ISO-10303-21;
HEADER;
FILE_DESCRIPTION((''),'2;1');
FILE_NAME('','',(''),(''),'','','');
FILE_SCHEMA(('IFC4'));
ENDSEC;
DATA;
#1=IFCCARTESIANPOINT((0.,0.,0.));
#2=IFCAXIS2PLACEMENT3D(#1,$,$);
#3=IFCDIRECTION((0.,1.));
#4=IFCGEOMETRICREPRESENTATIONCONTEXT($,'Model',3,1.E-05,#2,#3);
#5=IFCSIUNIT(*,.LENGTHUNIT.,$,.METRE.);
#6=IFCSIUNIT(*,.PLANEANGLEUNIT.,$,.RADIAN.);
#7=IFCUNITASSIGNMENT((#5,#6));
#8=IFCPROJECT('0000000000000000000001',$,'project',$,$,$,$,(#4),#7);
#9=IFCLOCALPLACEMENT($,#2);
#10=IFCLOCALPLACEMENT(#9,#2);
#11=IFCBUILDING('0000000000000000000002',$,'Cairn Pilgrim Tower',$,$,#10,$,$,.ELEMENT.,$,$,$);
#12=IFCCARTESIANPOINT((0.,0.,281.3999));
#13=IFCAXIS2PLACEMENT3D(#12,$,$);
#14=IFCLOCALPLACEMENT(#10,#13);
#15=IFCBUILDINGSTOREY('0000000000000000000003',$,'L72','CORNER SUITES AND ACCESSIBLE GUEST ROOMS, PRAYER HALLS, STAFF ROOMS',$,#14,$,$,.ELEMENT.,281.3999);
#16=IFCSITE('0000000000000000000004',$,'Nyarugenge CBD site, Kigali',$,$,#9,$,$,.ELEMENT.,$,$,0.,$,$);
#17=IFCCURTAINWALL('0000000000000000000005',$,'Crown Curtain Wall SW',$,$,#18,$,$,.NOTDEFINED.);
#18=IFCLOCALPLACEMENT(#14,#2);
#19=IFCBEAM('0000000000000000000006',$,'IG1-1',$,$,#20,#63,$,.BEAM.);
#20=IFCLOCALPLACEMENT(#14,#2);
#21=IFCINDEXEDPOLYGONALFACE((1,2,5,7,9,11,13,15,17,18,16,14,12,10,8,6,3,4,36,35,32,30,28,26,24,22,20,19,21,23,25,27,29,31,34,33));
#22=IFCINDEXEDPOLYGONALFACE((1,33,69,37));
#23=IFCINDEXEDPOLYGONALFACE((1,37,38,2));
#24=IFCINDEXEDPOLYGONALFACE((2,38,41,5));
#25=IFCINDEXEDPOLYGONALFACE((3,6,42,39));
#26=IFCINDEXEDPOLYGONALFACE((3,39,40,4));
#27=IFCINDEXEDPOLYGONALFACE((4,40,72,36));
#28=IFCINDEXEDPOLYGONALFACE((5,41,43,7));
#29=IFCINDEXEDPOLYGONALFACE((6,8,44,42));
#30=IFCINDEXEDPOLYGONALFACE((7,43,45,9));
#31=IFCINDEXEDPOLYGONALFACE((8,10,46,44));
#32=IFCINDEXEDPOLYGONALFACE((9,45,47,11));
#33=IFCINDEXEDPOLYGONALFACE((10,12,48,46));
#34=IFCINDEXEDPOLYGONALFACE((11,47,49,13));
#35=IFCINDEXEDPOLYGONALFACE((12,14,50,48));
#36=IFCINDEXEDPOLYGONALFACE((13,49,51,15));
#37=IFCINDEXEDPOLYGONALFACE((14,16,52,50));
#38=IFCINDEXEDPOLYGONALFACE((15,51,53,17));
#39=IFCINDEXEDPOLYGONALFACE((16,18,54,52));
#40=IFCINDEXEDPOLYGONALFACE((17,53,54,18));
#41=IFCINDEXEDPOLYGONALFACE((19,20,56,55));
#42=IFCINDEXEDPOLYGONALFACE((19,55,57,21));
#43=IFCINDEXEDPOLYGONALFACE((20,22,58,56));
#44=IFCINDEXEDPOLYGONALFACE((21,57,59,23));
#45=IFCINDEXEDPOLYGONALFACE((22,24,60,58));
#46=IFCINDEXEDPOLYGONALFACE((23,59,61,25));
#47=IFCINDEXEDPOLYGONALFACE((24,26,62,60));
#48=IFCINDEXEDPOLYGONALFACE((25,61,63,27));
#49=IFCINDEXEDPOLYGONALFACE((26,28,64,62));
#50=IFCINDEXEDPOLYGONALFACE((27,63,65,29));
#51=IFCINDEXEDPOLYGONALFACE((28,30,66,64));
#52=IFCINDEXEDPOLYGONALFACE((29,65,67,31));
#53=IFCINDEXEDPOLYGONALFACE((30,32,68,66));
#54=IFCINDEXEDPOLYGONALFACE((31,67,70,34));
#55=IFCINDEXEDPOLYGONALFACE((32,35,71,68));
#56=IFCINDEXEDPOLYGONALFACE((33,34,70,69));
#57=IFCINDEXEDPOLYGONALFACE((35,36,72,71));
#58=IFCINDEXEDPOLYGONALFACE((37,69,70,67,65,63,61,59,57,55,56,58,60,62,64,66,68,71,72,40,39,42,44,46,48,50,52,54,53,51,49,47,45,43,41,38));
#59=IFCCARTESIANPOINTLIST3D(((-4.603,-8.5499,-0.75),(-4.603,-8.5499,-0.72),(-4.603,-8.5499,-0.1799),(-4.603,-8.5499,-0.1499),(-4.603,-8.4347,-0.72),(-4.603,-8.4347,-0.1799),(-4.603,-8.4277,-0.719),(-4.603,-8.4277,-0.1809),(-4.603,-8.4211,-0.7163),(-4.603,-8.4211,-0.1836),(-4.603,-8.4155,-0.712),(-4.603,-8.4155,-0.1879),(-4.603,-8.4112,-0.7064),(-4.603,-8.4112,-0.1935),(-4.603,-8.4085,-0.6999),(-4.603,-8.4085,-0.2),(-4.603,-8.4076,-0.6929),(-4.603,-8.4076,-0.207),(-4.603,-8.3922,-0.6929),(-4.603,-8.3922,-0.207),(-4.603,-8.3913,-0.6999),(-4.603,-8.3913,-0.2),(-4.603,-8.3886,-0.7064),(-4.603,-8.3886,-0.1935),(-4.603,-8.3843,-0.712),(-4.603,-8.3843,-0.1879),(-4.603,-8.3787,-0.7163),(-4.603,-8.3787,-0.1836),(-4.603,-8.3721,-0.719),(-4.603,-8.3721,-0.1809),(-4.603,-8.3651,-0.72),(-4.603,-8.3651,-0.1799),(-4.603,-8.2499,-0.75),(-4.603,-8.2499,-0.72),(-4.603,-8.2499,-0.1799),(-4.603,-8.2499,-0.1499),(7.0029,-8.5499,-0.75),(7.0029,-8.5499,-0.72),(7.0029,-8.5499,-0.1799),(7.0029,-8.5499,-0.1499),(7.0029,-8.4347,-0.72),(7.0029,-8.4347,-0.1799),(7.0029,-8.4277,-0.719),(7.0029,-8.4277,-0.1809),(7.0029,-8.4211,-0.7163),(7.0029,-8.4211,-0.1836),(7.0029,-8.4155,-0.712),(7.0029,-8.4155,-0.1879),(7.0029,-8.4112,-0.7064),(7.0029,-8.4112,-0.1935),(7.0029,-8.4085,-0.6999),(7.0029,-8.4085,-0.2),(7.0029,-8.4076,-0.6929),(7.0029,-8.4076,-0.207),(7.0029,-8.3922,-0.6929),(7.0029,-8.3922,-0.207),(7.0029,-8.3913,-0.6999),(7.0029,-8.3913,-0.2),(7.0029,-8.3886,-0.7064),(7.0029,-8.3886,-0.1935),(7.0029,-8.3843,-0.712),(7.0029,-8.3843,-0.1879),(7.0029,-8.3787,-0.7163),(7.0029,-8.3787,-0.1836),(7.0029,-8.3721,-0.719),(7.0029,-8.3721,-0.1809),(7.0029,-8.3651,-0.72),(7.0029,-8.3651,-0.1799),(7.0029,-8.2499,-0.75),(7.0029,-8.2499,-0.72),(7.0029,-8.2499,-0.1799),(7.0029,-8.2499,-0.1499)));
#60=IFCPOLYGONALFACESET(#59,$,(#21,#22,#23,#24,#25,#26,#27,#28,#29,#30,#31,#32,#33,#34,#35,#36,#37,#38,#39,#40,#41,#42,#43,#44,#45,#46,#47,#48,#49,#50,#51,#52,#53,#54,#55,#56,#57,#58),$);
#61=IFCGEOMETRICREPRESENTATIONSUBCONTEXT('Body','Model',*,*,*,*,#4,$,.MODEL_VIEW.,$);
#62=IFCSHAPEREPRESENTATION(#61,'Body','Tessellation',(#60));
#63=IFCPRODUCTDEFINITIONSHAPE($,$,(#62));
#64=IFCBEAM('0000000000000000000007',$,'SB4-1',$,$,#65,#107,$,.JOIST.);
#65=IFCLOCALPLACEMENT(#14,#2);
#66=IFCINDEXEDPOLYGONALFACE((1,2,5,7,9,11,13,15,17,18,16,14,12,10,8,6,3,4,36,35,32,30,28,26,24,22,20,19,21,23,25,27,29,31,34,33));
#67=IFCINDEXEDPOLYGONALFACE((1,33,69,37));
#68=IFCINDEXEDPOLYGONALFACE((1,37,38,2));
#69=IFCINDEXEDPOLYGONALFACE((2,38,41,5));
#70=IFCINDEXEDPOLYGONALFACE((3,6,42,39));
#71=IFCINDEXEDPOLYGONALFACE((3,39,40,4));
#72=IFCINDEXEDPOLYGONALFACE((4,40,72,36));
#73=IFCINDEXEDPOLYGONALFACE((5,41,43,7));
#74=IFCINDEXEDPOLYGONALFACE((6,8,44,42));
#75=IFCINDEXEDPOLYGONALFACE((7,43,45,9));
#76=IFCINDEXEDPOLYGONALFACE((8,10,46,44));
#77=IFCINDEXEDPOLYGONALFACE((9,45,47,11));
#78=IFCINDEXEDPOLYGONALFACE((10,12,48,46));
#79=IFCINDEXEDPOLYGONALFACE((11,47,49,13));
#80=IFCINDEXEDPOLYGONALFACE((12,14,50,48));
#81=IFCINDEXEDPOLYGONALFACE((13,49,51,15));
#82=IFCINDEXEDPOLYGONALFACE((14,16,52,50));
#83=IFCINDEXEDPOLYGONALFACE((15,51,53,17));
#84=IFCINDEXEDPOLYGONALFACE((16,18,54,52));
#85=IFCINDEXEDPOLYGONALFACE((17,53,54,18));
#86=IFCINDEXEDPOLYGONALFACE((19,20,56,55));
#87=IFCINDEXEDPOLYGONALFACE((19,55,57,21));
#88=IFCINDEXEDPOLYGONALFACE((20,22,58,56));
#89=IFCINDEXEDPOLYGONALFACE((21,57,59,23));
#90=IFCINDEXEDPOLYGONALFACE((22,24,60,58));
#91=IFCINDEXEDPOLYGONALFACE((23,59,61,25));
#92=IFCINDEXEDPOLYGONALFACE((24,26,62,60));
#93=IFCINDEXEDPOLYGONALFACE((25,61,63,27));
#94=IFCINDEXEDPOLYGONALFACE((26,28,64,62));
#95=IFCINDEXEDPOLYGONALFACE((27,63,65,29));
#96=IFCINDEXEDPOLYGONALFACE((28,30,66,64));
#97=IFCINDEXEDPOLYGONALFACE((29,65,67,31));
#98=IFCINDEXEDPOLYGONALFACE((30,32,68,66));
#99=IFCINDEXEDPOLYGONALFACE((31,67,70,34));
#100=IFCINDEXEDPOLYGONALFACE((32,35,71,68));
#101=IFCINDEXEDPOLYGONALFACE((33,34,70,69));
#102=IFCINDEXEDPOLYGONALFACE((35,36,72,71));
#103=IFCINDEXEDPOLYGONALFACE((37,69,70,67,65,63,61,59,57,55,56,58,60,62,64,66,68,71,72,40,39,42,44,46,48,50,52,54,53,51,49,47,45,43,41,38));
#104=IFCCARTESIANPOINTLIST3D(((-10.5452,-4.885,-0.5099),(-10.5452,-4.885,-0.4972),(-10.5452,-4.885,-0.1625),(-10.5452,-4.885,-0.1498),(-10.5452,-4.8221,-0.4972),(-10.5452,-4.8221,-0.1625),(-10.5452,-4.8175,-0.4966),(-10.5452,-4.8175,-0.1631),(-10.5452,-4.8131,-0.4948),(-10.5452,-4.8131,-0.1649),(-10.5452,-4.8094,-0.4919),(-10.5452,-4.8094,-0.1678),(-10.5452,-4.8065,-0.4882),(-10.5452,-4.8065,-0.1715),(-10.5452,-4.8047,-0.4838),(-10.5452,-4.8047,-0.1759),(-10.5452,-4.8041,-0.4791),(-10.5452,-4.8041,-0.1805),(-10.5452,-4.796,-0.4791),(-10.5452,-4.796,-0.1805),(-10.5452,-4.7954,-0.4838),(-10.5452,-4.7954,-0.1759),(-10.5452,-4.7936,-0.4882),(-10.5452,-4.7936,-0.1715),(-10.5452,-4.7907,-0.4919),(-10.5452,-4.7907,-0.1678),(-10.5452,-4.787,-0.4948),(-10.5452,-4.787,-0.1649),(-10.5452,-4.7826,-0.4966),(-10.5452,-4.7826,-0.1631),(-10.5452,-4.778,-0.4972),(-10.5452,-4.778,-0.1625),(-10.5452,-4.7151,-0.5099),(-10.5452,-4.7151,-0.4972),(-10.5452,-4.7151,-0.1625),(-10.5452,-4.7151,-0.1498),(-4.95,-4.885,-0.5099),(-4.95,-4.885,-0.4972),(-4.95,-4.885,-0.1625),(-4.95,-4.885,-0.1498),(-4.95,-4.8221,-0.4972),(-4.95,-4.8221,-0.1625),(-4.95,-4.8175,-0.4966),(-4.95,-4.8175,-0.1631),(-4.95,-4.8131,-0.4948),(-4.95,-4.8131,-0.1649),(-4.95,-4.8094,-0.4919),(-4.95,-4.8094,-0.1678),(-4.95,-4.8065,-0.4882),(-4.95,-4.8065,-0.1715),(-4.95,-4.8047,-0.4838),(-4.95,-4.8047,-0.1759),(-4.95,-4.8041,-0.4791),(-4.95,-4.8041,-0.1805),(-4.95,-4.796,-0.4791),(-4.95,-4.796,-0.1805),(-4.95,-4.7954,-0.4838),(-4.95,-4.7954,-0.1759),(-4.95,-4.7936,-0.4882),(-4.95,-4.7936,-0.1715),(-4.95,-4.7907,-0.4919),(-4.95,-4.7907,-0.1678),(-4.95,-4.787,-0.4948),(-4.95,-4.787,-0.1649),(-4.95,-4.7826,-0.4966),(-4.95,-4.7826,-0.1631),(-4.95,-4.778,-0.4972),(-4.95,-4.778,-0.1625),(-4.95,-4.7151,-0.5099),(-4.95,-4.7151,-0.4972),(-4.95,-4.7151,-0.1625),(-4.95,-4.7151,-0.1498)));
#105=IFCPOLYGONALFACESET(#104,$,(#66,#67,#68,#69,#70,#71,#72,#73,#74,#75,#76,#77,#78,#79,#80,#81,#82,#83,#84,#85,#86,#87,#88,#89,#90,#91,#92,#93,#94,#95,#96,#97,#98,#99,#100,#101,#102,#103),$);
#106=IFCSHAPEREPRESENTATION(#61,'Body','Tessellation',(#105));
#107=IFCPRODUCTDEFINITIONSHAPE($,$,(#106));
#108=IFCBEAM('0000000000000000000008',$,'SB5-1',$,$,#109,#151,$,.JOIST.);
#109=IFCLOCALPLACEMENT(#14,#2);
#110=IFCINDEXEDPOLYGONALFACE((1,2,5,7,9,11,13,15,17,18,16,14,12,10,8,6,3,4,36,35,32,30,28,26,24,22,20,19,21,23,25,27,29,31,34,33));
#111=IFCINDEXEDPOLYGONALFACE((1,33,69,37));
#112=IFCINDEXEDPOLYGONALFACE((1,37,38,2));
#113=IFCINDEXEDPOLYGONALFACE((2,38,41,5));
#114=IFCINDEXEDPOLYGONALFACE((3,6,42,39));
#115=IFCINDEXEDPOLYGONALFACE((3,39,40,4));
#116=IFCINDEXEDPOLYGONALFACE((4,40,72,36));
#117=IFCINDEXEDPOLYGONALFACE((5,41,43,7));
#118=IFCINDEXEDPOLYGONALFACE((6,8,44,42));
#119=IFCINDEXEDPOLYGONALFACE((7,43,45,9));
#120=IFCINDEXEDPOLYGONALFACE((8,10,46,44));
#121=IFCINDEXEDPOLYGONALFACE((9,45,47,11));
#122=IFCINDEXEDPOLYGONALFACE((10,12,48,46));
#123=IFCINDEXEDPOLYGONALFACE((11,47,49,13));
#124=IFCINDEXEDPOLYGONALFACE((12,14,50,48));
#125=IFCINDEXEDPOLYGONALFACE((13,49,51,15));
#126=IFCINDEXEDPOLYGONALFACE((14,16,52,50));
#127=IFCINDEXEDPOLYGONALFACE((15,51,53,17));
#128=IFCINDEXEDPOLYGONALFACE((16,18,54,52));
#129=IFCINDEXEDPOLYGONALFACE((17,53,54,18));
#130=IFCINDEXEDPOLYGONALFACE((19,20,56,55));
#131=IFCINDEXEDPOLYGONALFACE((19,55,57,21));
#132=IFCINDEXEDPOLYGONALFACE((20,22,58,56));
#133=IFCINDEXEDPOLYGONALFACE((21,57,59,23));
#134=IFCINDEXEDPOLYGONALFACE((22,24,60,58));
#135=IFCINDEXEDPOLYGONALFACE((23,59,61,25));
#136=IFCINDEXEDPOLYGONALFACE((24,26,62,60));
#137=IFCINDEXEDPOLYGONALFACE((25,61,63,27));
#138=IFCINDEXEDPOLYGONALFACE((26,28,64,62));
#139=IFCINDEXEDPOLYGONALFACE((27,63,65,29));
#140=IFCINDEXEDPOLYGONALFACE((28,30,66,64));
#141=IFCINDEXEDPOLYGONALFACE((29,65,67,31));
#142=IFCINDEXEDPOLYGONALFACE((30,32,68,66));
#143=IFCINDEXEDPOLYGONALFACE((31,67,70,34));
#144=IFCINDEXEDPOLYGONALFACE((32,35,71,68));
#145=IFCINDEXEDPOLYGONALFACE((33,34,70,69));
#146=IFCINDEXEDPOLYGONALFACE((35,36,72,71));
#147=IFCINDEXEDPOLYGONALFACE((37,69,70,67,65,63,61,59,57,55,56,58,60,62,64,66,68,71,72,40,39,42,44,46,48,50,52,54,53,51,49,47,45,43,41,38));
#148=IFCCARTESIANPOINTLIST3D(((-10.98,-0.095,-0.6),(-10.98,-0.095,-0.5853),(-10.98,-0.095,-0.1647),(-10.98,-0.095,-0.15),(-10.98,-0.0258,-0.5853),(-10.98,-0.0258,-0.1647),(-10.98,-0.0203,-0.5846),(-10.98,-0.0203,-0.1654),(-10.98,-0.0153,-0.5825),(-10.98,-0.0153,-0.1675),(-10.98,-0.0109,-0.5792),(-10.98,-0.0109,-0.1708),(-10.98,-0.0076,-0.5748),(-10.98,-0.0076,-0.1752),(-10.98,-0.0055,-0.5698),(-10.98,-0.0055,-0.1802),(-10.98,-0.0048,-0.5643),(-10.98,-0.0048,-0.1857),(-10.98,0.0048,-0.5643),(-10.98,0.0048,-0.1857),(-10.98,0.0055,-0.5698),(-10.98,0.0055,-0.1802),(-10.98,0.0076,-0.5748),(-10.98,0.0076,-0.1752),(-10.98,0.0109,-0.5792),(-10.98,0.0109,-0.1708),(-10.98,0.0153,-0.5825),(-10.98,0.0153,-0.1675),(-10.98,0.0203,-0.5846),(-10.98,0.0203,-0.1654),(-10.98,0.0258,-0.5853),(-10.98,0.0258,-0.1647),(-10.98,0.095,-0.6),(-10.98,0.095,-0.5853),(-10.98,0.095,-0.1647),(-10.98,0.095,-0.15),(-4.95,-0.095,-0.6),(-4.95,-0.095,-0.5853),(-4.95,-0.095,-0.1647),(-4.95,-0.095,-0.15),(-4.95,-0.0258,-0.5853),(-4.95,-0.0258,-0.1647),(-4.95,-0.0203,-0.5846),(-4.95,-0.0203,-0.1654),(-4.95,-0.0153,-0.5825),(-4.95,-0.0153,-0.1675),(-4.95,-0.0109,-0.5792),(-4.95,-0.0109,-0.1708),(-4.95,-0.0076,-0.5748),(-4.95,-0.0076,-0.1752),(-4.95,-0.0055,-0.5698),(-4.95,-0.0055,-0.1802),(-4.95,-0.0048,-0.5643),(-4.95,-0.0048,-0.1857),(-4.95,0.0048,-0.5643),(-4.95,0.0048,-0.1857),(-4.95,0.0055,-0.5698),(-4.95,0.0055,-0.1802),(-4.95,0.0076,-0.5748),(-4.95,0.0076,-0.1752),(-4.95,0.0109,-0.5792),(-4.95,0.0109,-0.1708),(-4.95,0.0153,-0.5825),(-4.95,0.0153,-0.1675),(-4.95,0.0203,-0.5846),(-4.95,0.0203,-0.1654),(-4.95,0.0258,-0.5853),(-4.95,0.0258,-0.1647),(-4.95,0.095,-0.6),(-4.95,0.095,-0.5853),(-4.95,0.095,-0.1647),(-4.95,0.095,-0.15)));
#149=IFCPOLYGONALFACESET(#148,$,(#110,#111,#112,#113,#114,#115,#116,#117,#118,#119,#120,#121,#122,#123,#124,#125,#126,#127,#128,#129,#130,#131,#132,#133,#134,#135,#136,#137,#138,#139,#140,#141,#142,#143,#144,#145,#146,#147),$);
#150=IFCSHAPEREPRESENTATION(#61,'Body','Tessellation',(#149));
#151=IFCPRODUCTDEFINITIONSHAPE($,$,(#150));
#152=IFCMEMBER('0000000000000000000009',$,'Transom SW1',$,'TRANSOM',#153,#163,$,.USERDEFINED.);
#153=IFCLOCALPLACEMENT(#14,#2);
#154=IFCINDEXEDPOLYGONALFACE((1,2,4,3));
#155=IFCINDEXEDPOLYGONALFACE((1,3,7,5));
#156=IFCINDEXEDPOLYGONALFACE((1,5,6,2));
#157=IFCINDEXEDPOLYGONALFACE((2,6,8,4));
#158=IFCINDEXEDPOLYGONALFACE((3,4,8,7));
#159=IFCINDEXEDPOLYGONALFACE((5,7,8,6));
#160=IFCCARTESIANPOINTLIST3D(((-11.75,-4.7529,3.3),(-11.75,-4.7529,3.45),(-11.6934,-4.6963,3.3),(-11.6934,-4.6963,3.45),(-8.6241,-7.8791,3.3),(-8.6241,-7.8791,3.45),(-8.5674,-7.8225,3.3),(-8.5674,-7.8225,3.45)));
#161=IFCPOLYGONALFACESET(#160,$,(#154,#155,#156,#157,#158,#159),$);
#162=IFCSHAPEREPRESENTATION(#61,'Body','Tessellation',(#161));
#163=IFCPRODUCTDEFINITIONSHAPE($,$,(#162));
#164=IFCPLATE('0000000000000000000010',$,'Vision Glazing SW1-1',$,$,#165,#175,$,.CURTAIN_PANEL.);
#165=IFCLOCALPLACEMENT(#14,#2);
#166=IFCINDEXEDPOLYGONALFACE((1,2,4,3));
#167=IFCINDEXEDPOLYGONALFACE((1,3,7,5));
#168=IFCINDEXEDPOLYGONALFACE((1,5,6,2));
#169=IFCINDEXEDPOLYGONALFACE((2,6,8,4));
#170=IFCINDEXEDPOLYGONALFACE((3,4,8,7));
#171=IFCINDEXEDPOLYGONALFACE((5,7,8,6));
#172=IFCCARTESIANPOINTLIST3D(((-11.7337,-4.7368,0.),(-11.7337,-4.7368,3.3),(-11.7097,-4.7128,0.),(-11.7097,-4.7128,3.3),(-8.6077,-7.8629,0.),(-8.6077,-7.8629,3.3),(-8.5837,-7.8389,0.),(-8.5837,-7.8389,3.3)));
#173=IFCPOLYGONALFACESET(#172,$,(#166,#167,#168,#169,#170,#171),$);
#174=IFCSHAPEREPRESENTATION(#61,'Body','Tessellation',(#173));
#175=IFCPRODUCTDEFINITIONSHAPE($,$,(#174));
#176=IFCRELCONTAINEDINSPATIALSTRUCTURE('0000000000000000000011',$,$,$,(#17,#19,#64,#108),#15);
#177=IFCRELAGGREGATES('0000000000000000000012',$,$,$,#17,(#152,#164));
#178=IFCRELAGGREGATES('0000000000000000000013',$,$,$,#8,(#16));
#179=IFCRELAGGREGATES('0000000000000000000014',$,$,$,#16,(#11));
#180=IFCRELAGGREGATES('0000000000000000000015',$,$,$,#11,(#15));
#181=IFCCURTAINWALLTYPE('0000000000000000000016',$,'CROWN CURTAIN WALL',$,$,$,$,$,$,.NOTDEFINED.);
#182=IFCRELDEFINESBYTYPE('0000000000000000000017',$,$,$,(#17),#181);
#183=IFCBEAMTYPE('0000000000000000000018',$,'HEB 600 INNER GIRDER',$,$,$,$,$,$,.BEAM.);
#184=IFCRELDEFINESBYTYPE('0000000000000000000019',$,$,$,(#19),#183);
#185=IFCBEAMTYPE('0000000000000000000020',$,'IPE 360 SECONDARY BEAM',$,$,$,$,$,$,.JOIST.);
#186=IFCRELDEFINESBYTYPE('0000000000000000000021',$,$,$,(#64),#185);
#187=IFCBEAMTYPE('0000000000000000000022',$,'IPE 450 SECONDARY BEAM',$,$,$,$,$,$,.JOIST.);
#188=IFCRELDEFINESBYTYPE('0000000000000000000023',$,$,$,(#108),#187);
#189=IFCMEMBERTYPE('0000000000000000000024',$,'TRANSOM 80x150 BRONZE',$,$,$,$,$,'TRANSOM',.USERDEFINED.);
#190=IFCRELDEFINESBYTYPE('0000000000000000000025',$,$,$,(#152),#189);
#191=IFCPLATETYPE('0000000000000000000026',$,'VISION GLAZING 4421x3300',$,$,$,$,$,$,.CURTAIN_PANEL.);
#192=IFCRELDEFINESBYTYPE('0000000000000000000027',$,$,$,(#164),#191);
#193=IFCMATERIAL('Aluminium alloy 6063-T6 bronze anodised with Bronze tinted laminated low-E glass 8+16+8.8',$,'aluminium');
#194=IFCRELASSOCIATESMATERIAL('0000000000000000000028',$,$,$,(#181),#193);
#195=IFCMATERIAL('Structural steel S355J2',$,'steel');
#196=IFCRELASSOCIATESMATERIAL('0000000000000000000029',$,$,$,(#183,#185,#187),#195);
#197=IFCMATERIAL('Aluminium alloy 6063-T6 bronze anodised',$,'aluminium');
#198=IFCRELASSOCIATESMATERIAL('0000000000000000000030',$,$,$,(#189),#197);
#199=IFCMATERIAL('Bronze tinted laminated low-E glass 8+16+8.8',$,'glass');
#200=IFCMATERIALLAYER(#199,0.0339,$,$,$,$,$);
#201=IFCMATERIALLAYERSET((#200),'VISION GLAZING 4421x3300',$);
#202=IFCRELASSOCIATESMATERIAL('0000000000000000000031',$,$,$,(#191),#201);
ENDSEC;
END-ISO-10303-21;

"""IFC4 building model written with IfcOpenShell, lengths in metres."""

from ifc_helpers import new_model, si_unit, direction, frame, origin, origin_2d, place, context, subcontext, project, spatial, rectangle, i_section, extrude, material, layer, layer_set, material_profile, profile_set, type_object, element, aggregate, save


model = new_model("IFC4")

# Units and contexts
model_context = context("Model", 3, precision=1e-05, world=origin(), true_north=direction((0.0, 1.0)))
body_context = subcontext(model_context, "Body", "Model", "MODEL_VIEW")
ifc_project = project(units=[si_unit("LENGTHUNIT", "METRE"), si_unit("PLANEANGLEUNIT", "RADIAN")], contexts=[model_context])

# Site, building, storey
site_placement = place(None, origin())
site = spatial("IfcSite", under=ifc_project, at=site_placement, Name="Nyarugenge CBD site, Kigali", CompositionType="ELEMENT", RefElevation=0.0)
building_placement = place(site_placement, origin())
building = spatial("IfcBuilding", under=site, at=building_placement, Name="Cairn Pilgrim Tower", CompositionType="ELEMENT")
storey_placement = place(building_placement, frame((0.0, 0.0, 281.3999)))
storey = spatial("IfcBuildingStorey", under=building, at=storey_placement, Name="L72", Description="CORNER SUITES AND ACCESSIBLE GUEST ROOMS, PRAYER HALLS, STAFF ROOMS", CompositionType="ELEMENT", Elevation=281.3999)

# Shared definitions
ifc_material_1 = material(Name="Structural steel S355J2", Category="steel")

# Shared definitions
ifc_material_2 = material(Name="Aluminium alloy 6063-T6 bronze anodised with Bronze tinted laminated low-E glass 8+16+8.8", Category="aluminium")
curtain_wall_type = type_object("IfcCurtainWallType", Name="CROWN CURTAIN WALL", PredefinedType="NOTDEFINED", material=ifc_material_2)
ifc_material_3 = material(Name="Aluminium alloy 6063-T6 bronze anodised", Category="aluminium")

# Curtain wall
curtain_wall_1_placement = place(storey_placement, origin())
curtain_wall_1 = element("IfcCurtainWall", 1, at=curtain_wall_1_placement, inside=storey, type_object=curtain_wall_type, Name="Crown Curtain Wall SW", PredefinedType="NOTDEFINED")

# Beams
ifc_material_profile_1 = material_profile(ifc_material_1, i_section(OverallWidth=0.3, OverallDepth=0.6001, WebThickness=0.0154, FlangeThickness=0.03, FilletRadius=0.0271, at=origin_2d()), Name="HEB 600")
ifc_profile_set_1 = profile_set([ifc_material_profile_1], Name="Structural steel S355J2")
beam_type_1 = type_object("IfcBeamType", Name="HEB 600 INNER GIRDER", PredefinedType="BEAM", material=ifc_profile_set_1)
beam_1_placement = place(storey_placement, frame((-4.603, -8.3999, -0.45), z_axis=(1.0, 0.0, 0.0), x_axis=(0.0, 1.0, 0.0)))
element("IfcBeam", 2, at=beam_1_placement, inside=storey, type_object=beam_type_1, Name="IG1-1", PredefinedType="BEAM", context=body_context, shape_type="SweptSolid", body=[
    extrude(i_section(OverallWidth=0.3, OverallDepth=0.6001, WebThickness=0.0154, FlangeThickness=0.03, FilletRadius=0.0271, at=origin_2d()), origin(), (0.0, 0.0, 1.0), 11.606),
])
ifc_material_profile_2 = material_profile(ifc_material_1, i_section(OverallWidth=0.1699, OverallDepth=0.3601, WebThickness=0.0081, FlangeThickness=0.0127, FilletRadius=0.0181, at=origin_2d()), Name="IPE 360")
ifc_profile_set_2 = profile_set([ifc_material_profile_2], Name="Structural steel S355J2")
beam_type_2 = type_object("IfcBeamType", Name="IPE 360 SECONDARY BEAM", PredefinedType="JOIST", material=ifc_profile_set_2)
beam_2_placement = place(storey_placement, frame((-10.5452, -4.8, -0.3298), z_axis=(1.0, 0.0, 0.0), x_axis=(0.0, 1.0, 0.0)))
element("IfcBeam", 3, at=beam_2_placement, inside=storey, type_object=beam_type_2, Name="SB4-1", PredefinedType="JOIST", context=body_context, shape_type="SweptSolid", body=[
    extrude(i_section(OverallWidth=0.1699, OverallDepth=0.3601, WebThickness=0.0081, FlangeThickness=0.0127, FilletRadius=0.0181, at=origin_2d()), origin(), (0.0, 0.0, 1.0), 5.5952),
])
ifc_material_profile_3 = material_profile(ifc_material_1, i_section(OverallWidth=0.1899, OverallDepth=0.45, WebThickness=0.0095, FlangeThickness=0.0146, FilletRadius=0.021, at=origin_2d()), Name="IPE 450")
ifc_profile_set_3 = profile_set([ifc_material_profile_3], Name="Structural steel S355J2")
beam_type_3 = type_object("IfcBeamType", Name="IPE 450 SECONDARY BEAM", PredefinedType="JOIST", material=ifc_profile_set_3)
beam_3_placement = place(storey_placement, frame((-10.98, 0.0, -0.375), z_axis=(1.0, 0.0, 0.0), x_axis=(0.0, 1.0, 0.0)))
element("IfcBeam", 4, at=beam_3_placement, inside=storey, type_object=beam_type_3, Name="SB5-1", PredefinedType="JOIST", context=body_context, shape_type="SweptSolid", body=[
    extrude(i_section(OverallWidth=0.1899, OverallDepth=0.45, WebThickness=0.0095, FlangeThickness=0.0146, FilletRadius=0.021, at=origin_2d()), origin(), (0.0, 0.0, 1.0), 6.03),
])

# Member
ifc_material_profile_4 = material_profile(ifc_material_3, rectangle(XDim=0.0801, YDim=0.1499, at=origin_2d()), Name="TRANSOM 80x150 BRONZE")
ifc_profile_set_4 = profile_set([ifc_material_profile_4], Name="Aluminium alloy 6063-T6 bronze anodised")
member_type_1 = type_object("IfcMemberType", Name="TRANSOM 80x150 BRONZE", ElementType="TRANSOM", PredefinedType="USERDEFINED", material=ifc_profile_set_4)
member_1_placement = place(storey_placement, frame((-11.7217, -4.7246, 3.375), z_axis=(0.707079, -0.707134, 0.0), x_axis=(0.707134, 0.707079, 0.0)))
member_1 = element("IfcMember", 5, at=member_1_placement, type_object=member_type_1, Name="Transom SW1", ObjectType="TRANSOM", PredefinedType="USERDEFINED", context=body_context, shape_type="SweptSolid", body=[
    extrude(rectangle(XDim=0.0801, YDim=0.1499, at=origin_2d()), origin(), (0.0, 0.0, 1.0), 4.4209),
])

# Plate
ifc_material_4 = material(Name="Bronze tinted laminated low-E glass 8+16+8.8", Category="glass")
ifc_layer_1 = layer(ifc_material_4, 0.0339)
ifc_layer_set_1 = layer_set([ifc_layer_1], Name="VISION GLAZING 4421x3300")
plate_type = type_object("IfcPlateType", Name="VISION GLAZING 4421x3300", PredefinedType="CURTAIN_PANEL", material=ifc_layer_set_1)
plate_placement = place(storey_placement, frame((-10.1587, -6.2878, 0.0), z_axis=(0.0, 0.0, 1.0), x_axis=(0.707107, -0.707107, 0.0)))
plate = element("IfcPlate", 6, at=plate_placement, type_object=plate_type, Name="Vision Glazing SW1-1", PredefinedType="CURTAIN_PANEL", context=body_context, shape_type="SweptSolid", body=[
    extrude(rectangle(XDim=4.4209, YDim=0.0339, at=origin_2d()), origin(), (0.0, 0.0, 1.0), 3.3),
])
aggregate(curtain_wall_1, [member_1, plate])

save(model, "model.ifc")
